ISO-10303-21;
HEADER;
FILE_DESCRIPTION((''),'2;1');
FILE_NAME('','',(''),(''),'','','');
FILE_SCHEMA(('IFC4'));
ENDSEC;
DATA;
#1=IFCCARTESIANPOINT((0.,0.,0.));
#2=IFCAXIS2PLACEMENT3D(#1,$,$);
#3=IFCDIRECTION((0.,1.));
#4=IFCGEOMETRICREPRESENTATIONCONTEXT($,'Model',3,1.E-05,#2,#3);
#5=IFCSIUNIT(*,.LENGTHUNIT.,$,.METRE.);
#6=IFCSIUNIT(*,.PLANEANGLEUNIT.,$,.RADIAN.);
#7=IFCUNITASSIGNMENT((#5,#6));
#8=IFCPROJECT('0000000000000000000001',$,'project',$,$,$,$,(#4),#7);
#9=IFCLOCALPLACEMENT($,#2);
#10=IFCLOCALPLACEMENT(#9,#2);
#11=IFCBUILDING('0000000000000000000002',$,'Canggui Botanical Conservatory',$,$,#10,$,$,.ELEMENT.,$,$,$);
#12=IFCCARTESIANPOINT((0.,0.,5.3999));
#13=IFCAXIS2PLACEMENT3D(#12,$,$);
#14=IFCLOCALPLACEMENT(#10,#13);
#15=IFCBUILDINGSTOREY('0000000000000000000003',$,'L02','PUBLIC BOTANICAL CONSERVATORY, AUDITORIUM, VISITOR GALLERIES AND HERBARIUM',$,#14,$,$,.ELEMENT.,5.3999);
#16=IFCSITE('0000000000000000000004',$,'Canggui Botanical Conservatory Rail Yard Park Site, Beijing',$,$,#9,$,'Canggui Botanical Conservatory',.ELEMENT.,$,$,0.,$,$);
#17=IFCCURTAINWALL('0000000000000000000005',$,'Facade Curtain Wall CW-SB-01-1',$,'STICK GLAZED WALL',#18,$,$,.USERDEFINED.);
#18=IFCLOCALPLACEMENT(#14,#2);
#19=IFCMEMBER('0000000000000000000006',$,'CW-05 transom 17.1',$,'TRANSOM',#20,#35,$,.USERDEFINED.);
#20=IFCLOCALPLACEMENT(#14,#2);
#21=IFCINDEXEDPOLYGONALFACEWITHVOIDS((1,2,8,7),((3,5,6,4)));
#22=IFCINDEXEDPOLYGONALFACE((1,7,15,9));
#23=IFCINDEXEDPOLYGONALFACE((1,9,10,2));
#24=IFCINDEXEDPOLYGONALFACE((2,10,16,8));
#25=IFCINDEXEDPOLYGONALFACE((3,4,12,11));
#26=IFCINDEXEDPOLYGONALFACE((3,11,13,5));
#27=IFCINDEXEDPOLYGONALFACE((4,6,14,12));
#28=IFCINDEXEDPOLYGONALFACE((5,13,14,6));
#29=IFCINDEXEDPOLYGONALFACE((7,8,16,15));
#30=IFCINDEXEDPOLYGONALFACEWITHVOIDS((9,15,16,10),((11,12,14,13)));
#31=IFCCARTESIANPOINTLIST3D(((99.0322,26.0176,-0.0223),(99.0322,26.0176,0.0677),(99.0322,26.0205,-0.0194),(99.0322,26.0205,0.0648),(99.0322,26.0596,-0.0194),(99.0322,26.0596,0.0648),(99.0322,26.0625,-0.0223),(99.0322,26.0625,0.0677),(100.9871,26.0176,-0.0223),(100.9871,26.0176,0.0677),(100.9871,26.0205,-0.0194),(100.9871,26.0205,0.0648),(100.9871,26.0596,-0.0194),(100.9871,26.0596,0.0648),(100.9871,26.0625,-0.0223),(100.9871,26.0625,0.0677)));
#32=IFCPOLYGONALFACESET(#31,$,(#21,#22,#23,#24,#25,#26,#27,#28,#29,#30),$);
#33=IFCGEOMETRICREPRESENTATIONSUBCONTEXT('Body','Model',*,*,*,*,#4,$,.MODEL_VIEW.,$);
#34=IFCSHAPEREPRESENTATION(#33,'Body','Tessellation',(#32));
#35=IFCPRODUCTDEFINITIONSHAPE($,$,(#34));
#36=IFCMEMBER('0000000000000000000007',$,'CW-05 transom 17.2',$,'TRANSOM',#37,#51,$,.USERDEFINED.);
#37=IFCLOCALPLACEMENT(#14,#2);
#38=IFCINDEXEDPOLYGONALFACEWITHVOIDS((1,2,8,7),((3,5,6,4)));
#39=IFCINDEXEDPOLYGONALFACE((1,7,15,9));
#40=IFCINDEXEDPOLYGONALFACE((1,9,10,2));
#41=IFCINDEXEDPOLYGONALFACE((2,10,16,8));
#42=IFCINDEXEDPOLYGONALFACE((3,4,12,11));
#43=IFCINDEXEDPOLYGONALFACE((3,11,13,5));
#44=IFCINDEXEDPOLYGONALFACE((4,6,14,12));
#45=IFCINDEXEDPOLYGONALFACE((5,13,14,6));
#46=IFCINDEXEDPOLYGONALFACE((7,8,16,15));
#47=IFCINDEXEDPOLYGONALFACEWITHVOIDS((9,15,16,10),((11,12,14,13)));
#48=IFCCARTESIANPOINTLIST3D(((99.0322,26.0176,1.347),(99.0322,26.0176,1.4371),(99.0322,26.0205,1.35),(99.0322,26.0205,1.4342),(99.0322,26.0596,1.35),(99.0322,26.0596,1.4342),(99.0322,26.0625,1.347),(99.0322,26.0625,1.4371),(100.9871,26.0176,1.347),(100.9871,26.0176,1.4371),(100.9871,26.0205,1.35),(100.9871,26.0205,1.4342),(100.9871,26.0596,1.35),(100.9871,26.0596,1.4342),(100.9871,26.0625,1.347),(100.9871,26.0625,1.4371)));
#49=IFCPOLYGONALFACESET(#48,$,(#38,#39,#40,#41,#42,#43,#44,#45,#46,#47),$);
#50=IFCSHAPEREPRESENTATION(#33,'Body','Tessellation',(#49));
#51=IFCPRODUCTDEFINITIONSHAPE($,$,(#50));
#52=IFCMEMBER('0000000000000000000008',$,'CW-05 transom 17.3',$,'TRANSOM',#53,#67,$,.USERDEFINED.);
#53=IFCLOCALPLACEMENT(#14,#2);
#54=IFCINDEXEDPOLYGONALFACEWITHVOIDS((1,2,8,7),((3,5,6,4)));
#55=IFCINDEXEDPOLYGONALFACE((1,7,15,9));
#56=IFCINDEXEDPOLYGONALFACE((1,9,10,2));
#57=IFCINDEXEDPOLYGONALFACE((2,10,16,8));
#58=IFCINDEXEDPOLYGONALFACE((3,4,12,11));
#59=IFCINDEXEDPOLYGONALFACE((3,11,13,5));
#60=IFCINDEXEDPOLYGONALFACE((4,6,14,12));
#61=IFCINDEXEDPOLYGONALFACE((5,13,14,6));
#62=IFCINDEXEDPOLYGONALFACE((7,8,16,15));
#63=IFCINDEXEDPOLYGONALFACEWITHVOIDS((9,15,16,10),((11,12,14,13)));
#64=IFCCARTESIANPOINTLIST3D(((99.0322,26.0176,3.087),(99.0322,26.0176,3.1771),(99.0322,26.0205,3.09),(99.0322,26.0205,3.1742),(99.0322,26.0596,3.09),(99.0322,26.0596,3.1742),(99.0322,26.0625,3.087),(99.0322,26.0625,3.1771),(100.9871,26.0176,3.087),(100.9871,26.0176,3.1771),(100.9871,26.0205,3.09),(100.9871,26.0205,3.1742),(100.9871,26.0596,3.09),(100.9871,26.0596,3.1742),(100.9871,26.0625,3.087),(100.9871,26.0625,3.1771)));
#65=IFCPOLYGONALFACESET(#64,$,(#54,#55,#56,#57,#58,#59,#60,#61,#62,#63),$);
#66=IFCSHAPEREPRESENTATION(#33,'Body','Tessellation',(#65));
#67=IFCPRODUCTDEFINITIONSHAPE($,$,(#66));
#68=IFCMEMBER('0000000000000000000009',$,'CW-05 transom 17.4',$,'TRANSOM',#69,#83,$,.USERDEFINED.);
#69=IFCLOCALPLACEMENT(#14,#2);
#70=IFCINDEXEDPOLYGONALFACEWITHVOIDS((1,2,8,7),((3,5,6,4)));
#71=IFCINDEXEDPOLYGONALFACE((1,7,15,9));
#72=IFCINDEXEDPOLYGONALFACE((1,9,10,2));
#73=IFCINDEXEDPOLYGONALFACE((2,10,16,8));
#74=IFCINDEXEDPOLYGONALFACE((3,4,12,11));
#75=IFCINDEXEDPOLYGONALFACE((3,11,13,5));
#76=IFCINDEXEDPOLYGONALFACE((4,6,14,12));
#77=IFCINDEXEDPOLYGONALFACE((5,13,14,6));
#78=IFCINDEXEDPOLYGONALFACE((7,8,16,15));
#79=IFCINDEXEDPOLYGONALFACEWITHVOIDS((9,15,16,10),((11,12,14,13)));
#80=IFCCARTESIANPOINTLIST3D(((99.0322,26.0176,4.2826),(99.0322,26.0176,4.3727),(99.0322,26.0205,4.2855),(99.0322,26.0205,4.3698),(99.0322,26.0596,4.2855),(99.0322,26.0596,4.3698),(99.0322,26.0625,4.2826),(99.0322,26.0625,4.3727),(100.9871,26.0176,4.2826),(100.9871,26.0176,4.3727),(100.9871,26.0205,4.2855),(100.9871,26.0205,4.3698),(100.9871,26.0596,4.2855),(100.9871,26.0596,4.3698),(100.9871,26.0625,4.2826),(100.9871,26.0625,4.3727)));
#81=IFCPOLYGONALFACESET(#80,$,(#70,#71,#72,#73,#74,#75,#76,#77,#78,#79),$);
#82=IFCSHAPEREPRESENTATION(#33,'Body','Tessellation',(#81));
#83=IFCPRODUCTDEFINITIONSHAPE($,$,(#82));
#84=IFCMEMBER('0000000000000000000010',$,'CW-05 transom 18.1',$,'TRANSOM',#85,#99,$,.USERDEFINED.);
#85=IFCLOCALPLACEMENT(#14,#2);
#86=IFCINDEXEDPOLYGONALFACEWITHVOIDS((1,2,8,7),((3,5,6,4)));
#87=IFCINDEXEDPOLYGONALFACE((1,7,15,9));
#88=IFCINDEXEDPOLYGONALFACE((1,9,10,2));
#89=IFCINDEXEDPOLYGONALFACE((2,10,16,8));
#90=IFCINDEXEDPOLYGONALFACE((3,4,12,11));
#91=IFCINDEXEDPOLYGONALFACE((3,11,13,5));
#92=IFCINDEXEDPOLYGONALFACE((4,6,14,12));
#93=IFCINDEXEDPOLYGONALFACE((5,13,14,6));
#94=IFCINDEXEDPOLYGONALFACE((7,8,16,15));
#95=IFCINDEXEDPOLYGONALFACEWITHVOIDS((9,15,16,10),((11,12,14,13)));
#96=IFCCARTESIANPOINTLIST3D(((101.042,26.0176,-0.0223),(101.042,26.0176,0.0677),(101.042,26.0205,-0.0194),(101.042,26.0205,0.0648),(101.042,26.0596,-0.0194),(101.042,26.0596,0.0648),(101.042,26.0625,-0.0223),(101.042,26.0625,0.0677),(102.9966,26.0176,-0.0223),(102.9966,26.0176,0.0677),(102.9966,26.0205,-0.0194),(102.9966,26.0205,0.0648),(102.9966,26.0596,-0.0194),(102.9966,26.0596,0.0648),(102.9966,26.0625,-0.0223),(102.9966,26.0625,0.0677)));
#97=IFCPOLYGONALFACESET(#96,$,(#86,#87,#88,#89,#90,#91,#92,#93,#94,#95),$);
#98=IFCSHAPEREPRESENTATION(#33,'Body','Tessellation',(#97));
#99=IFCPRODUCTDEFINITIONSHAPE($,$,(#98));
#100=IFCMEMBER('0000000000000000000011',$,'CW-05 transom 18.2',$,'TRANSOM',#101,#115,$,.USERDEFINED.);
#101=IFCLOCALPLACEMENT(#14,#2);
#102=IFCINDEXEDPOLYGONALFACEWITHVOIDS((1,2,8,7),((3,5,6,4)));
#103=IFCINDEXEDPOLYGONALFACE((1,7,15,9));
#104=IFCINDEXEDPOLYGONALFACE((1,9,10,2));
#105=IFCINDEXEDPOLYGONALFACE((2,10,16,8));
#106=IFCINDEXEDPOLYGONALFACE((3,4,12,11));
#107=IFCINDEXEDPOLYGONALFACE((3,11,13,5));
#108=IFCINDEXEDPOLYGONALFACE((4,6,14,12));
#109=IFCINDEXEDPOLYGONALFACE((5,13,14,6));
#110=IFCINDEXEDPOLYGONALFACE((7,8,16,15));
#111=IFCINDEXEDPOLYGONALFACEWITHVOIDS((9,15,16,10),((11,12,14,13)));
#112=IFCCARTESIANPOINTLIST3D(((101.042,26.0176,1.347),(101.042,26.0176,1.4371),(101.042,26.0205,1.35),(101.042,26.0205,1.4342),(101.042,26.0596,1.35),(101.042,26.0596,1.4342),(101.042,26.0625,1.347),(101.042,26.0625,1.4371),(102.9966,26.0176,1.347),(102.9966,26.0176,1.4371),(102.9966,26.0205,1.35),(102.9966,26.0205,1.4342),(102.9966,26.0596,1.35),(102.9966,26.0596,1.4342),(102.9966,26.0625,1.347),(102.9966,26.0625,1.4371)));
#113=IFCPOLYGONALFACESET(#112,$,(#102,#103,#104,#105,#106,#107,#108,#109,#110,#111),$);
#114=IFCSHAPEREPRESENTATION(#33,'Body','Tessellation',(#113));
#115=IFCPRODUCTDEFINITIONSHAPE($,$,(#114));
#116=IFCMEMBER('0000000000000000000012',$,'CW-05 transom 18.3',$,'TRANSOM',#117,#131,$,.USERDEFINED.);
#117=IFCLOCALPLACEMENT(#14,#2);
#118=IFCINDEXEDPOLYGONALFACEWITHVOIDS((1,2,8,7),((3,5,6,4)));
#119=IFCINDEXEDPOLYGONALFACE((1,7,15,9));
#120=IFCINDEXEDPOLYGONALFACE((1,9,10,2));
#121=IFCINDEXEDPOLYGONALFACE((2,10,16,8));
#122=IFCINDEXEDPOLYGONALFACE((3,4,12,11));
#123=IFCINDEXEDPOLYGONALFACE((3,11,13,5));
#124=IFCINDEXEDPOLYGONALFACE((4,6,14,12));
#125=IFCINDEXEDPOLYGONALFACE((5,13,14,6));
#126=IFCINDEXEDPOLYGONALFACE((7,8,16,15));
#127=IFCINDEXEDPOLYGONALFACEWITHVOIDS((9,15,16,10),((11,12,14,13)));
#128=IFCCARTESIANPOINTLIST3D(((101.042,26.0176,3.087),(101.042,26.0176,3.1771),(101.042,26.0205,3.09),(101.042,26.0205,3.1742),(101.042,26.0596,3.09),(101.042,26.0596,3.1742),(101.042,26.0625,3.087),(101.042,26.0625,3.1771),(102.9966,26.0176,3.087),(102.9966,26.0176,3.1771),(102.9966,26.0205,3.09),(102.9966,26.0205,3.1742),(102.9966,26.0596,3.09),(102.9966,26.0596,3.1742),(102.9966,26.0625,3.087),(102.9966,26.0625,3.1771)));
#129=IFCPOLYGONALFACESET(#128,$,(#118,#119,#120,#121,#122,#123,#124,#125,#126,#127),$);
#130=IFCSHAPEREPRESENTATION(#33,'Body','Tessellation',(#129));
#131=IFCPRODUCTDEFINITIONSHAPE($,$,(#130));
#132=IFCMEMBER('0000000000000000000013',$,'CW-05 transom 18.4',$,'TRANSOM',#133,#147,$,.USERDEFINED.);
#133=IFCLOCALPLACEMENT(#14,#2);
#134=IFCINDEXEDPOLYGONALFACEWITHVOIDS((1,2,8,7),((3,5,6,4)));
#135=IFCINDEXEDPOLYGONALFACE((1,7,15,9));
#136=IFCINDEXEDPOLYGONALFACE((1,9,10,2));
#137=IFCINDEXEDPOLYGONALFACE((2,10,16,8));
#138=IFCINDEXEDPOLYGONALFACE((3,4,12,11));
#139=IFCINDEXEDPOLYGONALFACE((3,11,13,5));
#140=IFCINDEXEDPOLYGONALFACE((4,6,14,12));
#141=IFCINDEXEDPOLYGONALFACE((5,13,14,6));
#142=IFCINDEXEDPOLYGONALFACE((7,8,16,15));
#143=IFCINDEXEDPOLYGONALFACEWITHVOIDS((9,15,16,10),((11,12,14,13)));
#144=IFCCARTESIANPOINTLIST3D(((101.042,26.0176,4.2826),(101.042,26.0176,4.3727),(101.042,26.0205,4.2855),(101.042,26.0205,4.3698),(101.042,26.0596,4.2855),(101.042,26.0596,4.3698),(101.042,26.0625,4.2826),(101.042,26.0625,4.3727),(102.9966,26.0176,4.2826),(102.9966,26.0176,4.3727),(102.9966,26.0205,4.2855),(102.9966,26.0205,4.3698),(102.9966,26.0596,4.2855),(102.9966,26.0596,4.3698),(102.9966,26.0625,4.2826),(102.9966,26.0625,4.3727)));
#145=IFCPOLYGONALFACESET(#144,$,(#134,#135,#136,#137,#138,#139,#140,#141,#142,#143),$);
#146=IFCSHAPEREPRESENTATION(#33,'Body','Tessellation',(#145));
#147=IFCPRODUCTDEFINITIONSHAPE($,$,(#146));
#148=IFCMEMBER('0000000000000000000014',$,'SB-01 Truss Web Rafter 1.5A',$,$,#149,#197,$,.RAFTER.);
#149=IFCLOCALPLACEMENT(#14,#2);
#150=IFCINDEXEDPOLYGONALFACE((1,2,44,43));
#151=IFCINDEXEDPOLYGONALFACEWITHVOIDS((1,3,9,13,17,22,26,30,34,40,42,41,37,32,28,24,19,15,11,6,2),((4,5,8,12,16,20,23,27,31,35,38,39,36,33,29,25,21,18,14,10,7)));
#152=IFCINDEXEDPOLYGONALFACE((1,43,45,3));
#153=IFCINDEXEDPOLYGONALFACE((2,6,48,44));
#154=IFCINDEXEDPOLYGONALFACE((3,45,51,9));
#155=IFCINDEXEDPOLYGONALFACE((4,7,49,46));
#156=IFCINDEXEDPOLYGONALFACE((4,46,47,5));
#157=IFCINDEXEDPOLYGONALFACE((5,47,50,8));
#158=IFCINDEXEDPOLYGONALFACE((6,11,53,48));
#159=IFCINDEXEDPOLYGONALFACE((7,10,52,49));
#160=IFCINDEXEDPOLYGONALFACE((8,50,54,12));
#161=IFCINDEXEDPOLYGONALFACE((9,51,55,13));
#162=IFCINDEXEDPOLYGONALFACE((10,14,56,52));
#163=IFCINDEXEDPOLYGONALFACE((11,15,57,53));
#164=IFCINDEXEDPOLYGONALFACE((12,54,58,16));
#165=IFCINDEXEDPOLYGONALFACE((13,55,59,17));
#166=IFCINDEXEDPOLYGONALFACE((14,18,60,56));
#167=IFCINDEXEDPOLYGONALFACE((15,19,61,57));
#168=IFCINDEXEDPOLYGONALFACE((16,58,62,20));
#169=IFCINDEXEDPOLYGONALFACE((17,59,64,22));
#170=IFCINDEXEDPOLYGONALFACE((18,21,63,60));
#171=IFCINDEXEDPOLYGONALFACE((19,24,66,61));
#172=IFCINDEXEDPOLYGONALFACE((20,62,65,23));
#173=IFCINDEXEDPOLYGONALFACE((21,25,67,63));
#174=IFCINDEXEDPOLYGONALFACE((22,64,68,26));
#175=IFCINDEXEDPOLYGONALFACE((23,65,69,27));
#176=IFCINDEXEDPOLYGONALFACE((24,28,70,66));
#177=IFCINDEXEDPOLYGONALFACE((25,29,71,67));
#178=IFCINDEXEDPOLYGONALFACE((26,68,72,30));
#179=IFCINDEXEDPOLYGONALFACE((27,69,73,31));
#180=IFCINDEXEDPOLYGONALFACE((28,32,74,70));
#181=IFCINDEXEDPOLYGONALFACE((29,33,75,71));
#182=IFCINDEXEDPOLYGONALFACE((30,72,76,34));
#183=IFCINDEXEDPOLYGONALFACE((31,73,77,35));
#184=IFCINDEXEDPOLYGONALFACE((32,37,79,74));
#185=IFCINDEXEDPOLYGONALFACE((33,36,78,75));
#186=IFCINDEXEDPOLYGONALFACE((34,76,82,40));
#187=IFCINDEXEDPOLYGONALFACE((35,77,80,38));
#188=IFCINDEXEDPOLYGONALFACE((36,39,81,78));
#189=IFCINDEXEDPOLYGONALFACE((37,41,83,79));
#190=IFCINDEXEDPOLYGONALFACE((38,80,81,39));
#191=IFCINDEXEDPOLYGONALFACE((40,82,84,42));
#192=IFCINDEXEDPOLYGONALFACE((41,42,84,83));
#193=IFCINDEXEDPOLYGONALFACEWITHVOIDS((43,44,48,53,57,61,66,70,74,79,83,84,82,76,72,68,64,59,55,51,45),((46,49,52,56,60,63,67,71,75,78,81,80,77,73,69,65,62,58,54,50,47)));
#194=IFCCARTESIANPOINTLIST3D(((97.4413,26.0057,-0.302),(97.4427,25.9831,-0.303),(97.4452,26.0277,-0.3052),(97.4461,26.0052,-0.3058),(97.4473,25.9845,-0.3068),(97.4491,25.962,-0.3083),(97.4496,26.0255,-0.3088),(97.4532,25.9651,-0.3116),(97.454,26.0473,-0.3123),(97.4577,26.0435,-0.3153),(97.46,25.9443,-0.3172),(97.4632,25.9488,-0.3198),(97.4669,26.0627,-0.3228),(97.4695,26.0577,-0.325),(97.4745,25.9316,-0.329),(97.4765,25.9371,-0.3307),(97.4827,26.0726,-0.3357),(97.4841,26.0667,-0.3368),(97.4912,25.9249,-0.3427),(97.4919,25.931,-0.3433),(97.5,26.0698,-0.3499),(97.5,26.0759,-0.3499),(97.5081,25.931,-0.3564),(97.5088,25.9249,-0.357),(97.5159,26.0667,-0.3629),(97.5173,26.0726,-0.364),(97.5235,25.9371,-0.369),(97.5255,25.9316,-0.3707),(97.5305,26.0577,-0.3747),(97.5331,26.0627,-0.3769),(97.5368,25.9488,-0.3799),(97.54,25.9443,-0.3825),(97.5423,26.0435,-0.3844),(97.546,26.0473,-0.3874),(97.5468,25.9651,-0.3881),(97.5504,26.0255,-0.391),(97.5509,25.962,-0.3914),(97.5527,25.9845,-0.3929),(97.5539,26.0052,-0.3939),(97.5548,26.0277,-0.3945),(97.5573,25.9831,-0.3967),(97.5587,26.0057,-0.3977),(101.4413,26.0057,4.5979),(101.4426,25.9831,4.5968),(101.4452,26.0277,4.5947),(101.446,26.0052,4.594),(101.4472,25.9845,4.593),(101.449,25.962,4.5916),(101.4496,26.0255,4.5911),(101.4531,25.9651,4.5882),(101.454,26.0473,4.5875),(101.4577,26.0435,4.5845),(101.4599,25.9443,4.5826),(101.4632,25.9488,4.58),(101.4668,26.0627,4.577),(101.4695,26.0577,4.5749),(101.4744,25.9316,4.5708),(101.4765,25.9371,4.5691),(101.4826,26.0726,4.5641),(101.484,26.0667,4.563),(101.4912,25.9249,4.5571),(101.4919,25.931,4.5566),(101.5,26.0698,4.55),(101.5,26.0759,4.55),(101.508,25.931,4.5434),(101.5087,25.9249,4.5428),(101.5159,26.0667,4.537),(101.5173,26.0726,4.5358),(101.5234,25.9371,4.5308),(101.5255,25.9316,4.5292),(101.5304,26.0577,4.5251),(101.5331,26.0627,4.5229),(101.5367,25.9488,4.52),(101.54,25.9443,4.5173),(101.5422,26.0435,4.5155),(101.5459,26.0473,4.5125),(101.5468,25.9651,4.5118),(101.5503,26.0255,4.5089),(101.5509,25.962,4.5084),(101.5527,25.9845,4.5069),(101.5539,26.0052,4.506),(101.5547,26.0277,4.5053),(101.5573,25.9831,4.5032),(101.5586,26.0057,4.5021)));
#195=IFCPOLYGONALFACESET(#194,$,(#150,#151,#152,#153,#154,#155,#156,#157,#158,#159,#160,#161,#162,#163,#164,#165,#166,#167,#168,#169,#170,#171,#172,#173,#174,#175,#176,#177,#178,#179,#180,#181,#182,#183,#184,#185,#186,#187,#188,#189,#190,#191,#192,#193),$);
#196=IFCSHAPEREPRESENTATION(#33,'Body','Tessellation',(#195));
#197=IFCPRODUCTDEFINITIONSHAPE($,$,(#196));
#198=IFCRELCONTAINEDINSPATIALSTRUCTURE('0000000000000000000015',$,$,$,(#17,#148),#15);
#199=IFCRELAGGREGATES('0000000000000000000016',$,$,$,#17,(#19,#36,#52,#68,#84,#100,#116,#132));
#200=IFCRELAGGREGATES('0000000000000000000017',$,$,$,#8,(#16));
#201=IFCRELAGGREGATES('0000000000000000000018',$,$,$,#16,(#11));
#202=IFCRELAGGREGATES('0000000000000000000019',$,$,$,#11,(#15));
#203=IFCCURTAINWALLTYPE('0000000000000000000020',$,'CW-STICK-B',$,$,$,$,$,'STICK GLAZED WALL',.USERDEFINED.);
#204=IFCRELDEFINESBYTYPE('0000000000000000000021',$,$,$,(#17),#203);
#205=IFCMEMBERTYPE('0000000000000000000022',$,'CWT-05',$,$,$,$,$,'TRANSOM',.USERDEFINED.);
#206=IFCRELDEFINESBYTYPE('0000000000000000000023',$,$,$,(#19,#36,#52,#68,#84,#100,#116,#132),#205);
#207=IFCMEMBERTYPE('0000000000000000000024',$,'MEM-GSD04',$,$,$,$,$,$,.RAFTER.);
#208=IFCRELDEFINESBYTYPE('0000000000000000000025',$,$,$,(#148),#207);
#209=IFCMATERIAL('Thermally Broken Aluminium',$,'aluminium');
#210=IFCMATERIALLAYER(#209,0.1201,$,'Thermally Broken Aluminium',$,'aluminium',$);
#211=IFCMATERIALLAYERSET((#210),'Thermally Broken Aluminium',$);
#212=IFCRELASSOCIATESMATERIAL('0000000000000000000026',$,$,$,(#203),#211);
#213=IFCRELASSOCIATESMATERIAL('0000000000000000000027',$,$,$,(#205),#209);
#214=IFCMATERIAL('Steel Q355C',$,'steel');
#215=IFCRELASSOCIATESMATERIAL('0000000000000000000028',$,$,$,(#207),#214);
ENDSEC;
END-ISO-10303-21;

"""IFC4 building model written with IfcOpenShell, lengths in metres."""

from ifc_helpers import new_model, si_unit, direction, frame, origin, origin_2d, place, context, subcontext, project, spatial, hollow_rectangle, hollow_circle, extrude, material, layer, layer_set, material_profile, profile_set, type_object, element, aggregate, save


model = new_model("IFC4")

# Units and contexts
model_context = context("Model", 3, precision=1e-05, world=origin(), true_north=direction((0.0, 1.0)))
body_context = subcontext(model_context, "Body", "Model", "MODEL_VIEW")
ifc_project = project(units=[si_unit("LENGTHUNIT", "METRE"), si_unit("PLANEANGLEUNIT", "RADIAN")], contexts=[model_context])

# Site, building, storey
site_placement = place(None, origin())
site = spatial("IfcSite", under=ifc_project, at=site_placement, Name="Canggui Botanical Conservatory Rail Yard Park Site, Beijing", LongName="Canggui Botanical Conservatory", CompositionType="ELEMENT", RefElevation=0.0)
building_placement = place(site_placement, origin())
building = spatial("IfcBuilding", under=site, at=building_placement, Name="Canggui Botanical Conservatory", CompositionType="ELEMENT")
storey_placement = place(building_placement, frame((0.0, 0.0, 5.3999)))
storey = spatial("IfcBuildingStorey", under=building, at=storey_placement, Name="L02", Description="PUBLIC BOTANICAL CONSERVATORY, AUDITORIUM, VISITOR GALLERIES AND HERBARIUM", CompositionType="ELEMENT", Elevation=5.3999)

# Curtain wall, members
ifc_material_1 = material(Name="Thermally Broken Aluminium", Category="aluminium")
ifc_layer_1 = layer(ifc_material_1, 0.1201, Name="Thermally Broken Aluminium", Category="aluminium")
ifc_layer_set_1 = layer_set([ifc_layer_1], Name="Thermally Broken Aluminium")
curtain_wall_type = type_object("IfcCurtainWallType", Name="CW-STICK-B", ElementType="STICK GLAZED WALL", PredefinedType="USERDEFINED", material=ifc_layer_set_1)
curtain_wall_placement = place(storey_placement, origin())
curtain_wall = element("IfcCurtainWall", 1, at=curtain_wall_placement, inside=storey, type_object=curtain_wall_type, Name="Facade Curtain Wall CW-SB-01-1", ObjectType="STICK GLAZED WALL", PredefinedType="USERDEFINED")
ifc_material_profile_1 = material_profile(ifc_material_1, hollow_rectangle(XDim=0.0449, YDim=0.0901, WallThickness=0.0029, at=origin_2d()), Name="CWT 45x90x3")
ifc_profile_set_1 = profile_set([ifc_material_profile_1], Name="Thermally Broken Aluminium")
member_type_1 = type_object("IfcMemberType", Name="CWT-05", ElementType="TRANSOM", PredefinedType="USERDEFINED", material=ifc_profile_set_1)
member_1_placement = place(storey_placement, frame((99.0322, 26.04, 0.0227), z_axis=(1.0, 0.0, 0.0), x_axis=(0.0, 1.0, 0.0)))
member_1 = element("IfcMember", 2, at=member_1_placement, type_object=member_type_1, Name="CW-05 transom 17.1", ObjectType="TRANSOM", PredefinedType="USERDEFINED", context=body_context, shape_type="SweptSolid", body=[
    extrude(hollow_rectangle(XDim=0.0449, YDim=0.0901, WallThickness=0.0029, at=origin_2d()), origin(), (0.0, 0.0, 1.0), 1.9548),
])
member_2_placement = place(storey_placement, frame((99.0322, 26.04, 1.3921), z_axis=(1.0, 0.0, 0.0), x_axis=(0.0, 1.0, 0.0)))
member_2 = element("IfcMember", 3, at=member_2_placement, type_object=member_type_1, Name="CW-05 transom 17.2", ObjectType="TRANSOM", PredefinedType="USERDEFINED", context=body_context, shape_type="SweptSolid", body=[
    extrude(hollow_rectangle(XDim=0.0449, YDim=0.0901, WallThickness=0.0029, at=origin_2d()), origin(), (0.0, 0.0, 1.0), 1.9548),
])
member_3_placement = place(storey_placement, frame((99.0322, 26.04, 3.1321), z_axis=(1.0, 0.0, 0.0), x_axis=(0.0, 1.0, 0.0)))
member_3 = element("IfcMember", 4, at=member_3_placement, type_object=member_type_1, Name="CW-05 transom 17.3", ObjectType="TRANSOM", PredefinedType="USERDEFINED", context=body_context, shape_type="SweptSolid", body=[
    extrude(hollow_rectangle(XDim=0.0449, YDim=0.0901, WallThickness=0.0029, at=origin_2d()), origin(), (0.0, 0.0, 1.0), 1.9548),
])
member_4_placement = place(storey_placement, frame((99.0322, 26.04, 4.3276), z_axis=(1.0, 0.0, 0.0), x_axis=(0.0, 1.0, 0.0)))
member_4 = element("IfcMember", 5, at=member_4_placement, type_object=member_type_1, Name="CW-05 transom 17.4", ObjectType="TRANSOM", PredefinedType="USERDEFINED", context=body_context, shape_type="SweptSolid", body=[
    extrude(hollow_rectangle(XDim=0.0449, YDim=0.0901, WallThickness=0.0029, at=origin_2d()), origin(), (0.0, 0.0, 1.0), 1.9548),
])
member_5_placement = place(storey_placement, frame((101.042, 26.04, 0.0227), z_axis=(1.0, 0.0, 0.0), x_axis=(0.0, 1.0, 0.0)))
member_5 = element("IfcMember", 6, at=member_5_placement, type_object=member_type_1, Name="CW-05 transom 18.1", ObjectType="TRANSOM", PredefinedType="USERDEFINED", context=body_context, shape_type="SweptSolid", body=[
    extrude(hollow_rectangle(XDim=0.0449, YDim=0.0901, WallThickness=0.0029, at=origin_2d()), origin(), (0.0, 0.0, 1.0), 1.9546),
])
member_6_placement = place(storey_placement, frame((101.042, 26.04, 1.3921), z_axis=(1.0, 0.0, 0.0), x_axis=(0.0, 1.0, 0.0)))
member_6 = element("IfcMember", 7, at=member_6_placement, type_object=member_type_1, Name="CW-05 transom 18.2", ObjectType="TRANSOM", PredefinedType="USERDEFINED", context=body_context, shape_type="SweptSolid", body=[
    extrude(hollow_rectangle(XDim=0.0449, YDim=0.0901, WallThickness=0.0029, at=origin_2d()), origin(), (0.0, 0.0, 1.0), 1.9546),
])
member_7_placement = place(storey_placement, frame((101.042, 26.04, 3.1321), z_axis=(1.0, 0.0, 0.0), x_axis=(0.0, 1.0, 0.0)))
member_7 = element("IfcMember", 8, at=member_7_placement, type_object=member_type_1, Name="CW-05 transom 18.3", ObjectType="TRANSOM", PredefinedType="USERDEFINED", context=body_context, shape_type="SweptSolid", body=[
    extrude(hollow_rectangle(XDim=0.0449, YDim=0.0901, WallThickness=0.0029, at=origin_2d()), origin(), (0.0, 0.0, 1.0), 1.9546),
])
member_8_placement = place(storey_placement, frame((101.042, 26.04, 4.3276), z_axis=(1.0, 0.0, 0.0), x_axis=(0.0, 1.0, 0.0)))
member_8 = element("IfcMember", 9, at=member_8_placement, type_object=member_type_1, Name="CW-05 transom 18.4", ObjectType="TRANSOM", PredefinedType="USERDEFINED", context=body_context, shape_type="SweptSolid", body=[
    extrude(hollow_rectangle(XDim=0.0449, YDim=0.0901, WallThickness=0.0029, at=origin_2d()), origin(), (0.0, 0.0, 1.0), 1.9546),
])

# Member
ifc_material_2 = material(Name="Steel Q355C", Category="steel")
ifc_material_profile_2 = material_profile(ifc_material_2, hollow_circle(Radius=0.0759, WallThickness=0.0061, at=origin_2d()), Name="CHS 152x6")
ifc_profile_set_2 = profile_set([ifc_material_profile_2], Name="Steel Q355C")
member_type_2 = type_object("IfcMemberType", Name="MEM-GSD04", PredefinedType="RAFTER", material=ifc_profile_set_2)
for number, where, z_axis, x_axis, name in (
    (10, (97.5, 26.0, -0.3499), (0.632384, 0.0, 0.774655), (0.0, 1.0, 0.0), "SB-01 Truss Web Rafter 1.5A"),
):
    element("IfcMember", number, at=place(storey_placement, frame(where, z_axis=z_axis, x_axis=x_axis)), inside=storey, type_object=member_type_2, Name=name, PredefinedType="RAFTER", context=body_context, shape_type="SweptSolid", body=[
        extrude(hollow_circle(Radius=0.0759, WallThickness=0.0061, at=origin_2d()), origin(), (0.0, 0.0, 1.0), 6.3252),
    ])

aggregate(curtain_wall, [member_1, member_2, member_3, member_4, member_5, member_6, member_7, member_8])

save(model, "model.ifc")
